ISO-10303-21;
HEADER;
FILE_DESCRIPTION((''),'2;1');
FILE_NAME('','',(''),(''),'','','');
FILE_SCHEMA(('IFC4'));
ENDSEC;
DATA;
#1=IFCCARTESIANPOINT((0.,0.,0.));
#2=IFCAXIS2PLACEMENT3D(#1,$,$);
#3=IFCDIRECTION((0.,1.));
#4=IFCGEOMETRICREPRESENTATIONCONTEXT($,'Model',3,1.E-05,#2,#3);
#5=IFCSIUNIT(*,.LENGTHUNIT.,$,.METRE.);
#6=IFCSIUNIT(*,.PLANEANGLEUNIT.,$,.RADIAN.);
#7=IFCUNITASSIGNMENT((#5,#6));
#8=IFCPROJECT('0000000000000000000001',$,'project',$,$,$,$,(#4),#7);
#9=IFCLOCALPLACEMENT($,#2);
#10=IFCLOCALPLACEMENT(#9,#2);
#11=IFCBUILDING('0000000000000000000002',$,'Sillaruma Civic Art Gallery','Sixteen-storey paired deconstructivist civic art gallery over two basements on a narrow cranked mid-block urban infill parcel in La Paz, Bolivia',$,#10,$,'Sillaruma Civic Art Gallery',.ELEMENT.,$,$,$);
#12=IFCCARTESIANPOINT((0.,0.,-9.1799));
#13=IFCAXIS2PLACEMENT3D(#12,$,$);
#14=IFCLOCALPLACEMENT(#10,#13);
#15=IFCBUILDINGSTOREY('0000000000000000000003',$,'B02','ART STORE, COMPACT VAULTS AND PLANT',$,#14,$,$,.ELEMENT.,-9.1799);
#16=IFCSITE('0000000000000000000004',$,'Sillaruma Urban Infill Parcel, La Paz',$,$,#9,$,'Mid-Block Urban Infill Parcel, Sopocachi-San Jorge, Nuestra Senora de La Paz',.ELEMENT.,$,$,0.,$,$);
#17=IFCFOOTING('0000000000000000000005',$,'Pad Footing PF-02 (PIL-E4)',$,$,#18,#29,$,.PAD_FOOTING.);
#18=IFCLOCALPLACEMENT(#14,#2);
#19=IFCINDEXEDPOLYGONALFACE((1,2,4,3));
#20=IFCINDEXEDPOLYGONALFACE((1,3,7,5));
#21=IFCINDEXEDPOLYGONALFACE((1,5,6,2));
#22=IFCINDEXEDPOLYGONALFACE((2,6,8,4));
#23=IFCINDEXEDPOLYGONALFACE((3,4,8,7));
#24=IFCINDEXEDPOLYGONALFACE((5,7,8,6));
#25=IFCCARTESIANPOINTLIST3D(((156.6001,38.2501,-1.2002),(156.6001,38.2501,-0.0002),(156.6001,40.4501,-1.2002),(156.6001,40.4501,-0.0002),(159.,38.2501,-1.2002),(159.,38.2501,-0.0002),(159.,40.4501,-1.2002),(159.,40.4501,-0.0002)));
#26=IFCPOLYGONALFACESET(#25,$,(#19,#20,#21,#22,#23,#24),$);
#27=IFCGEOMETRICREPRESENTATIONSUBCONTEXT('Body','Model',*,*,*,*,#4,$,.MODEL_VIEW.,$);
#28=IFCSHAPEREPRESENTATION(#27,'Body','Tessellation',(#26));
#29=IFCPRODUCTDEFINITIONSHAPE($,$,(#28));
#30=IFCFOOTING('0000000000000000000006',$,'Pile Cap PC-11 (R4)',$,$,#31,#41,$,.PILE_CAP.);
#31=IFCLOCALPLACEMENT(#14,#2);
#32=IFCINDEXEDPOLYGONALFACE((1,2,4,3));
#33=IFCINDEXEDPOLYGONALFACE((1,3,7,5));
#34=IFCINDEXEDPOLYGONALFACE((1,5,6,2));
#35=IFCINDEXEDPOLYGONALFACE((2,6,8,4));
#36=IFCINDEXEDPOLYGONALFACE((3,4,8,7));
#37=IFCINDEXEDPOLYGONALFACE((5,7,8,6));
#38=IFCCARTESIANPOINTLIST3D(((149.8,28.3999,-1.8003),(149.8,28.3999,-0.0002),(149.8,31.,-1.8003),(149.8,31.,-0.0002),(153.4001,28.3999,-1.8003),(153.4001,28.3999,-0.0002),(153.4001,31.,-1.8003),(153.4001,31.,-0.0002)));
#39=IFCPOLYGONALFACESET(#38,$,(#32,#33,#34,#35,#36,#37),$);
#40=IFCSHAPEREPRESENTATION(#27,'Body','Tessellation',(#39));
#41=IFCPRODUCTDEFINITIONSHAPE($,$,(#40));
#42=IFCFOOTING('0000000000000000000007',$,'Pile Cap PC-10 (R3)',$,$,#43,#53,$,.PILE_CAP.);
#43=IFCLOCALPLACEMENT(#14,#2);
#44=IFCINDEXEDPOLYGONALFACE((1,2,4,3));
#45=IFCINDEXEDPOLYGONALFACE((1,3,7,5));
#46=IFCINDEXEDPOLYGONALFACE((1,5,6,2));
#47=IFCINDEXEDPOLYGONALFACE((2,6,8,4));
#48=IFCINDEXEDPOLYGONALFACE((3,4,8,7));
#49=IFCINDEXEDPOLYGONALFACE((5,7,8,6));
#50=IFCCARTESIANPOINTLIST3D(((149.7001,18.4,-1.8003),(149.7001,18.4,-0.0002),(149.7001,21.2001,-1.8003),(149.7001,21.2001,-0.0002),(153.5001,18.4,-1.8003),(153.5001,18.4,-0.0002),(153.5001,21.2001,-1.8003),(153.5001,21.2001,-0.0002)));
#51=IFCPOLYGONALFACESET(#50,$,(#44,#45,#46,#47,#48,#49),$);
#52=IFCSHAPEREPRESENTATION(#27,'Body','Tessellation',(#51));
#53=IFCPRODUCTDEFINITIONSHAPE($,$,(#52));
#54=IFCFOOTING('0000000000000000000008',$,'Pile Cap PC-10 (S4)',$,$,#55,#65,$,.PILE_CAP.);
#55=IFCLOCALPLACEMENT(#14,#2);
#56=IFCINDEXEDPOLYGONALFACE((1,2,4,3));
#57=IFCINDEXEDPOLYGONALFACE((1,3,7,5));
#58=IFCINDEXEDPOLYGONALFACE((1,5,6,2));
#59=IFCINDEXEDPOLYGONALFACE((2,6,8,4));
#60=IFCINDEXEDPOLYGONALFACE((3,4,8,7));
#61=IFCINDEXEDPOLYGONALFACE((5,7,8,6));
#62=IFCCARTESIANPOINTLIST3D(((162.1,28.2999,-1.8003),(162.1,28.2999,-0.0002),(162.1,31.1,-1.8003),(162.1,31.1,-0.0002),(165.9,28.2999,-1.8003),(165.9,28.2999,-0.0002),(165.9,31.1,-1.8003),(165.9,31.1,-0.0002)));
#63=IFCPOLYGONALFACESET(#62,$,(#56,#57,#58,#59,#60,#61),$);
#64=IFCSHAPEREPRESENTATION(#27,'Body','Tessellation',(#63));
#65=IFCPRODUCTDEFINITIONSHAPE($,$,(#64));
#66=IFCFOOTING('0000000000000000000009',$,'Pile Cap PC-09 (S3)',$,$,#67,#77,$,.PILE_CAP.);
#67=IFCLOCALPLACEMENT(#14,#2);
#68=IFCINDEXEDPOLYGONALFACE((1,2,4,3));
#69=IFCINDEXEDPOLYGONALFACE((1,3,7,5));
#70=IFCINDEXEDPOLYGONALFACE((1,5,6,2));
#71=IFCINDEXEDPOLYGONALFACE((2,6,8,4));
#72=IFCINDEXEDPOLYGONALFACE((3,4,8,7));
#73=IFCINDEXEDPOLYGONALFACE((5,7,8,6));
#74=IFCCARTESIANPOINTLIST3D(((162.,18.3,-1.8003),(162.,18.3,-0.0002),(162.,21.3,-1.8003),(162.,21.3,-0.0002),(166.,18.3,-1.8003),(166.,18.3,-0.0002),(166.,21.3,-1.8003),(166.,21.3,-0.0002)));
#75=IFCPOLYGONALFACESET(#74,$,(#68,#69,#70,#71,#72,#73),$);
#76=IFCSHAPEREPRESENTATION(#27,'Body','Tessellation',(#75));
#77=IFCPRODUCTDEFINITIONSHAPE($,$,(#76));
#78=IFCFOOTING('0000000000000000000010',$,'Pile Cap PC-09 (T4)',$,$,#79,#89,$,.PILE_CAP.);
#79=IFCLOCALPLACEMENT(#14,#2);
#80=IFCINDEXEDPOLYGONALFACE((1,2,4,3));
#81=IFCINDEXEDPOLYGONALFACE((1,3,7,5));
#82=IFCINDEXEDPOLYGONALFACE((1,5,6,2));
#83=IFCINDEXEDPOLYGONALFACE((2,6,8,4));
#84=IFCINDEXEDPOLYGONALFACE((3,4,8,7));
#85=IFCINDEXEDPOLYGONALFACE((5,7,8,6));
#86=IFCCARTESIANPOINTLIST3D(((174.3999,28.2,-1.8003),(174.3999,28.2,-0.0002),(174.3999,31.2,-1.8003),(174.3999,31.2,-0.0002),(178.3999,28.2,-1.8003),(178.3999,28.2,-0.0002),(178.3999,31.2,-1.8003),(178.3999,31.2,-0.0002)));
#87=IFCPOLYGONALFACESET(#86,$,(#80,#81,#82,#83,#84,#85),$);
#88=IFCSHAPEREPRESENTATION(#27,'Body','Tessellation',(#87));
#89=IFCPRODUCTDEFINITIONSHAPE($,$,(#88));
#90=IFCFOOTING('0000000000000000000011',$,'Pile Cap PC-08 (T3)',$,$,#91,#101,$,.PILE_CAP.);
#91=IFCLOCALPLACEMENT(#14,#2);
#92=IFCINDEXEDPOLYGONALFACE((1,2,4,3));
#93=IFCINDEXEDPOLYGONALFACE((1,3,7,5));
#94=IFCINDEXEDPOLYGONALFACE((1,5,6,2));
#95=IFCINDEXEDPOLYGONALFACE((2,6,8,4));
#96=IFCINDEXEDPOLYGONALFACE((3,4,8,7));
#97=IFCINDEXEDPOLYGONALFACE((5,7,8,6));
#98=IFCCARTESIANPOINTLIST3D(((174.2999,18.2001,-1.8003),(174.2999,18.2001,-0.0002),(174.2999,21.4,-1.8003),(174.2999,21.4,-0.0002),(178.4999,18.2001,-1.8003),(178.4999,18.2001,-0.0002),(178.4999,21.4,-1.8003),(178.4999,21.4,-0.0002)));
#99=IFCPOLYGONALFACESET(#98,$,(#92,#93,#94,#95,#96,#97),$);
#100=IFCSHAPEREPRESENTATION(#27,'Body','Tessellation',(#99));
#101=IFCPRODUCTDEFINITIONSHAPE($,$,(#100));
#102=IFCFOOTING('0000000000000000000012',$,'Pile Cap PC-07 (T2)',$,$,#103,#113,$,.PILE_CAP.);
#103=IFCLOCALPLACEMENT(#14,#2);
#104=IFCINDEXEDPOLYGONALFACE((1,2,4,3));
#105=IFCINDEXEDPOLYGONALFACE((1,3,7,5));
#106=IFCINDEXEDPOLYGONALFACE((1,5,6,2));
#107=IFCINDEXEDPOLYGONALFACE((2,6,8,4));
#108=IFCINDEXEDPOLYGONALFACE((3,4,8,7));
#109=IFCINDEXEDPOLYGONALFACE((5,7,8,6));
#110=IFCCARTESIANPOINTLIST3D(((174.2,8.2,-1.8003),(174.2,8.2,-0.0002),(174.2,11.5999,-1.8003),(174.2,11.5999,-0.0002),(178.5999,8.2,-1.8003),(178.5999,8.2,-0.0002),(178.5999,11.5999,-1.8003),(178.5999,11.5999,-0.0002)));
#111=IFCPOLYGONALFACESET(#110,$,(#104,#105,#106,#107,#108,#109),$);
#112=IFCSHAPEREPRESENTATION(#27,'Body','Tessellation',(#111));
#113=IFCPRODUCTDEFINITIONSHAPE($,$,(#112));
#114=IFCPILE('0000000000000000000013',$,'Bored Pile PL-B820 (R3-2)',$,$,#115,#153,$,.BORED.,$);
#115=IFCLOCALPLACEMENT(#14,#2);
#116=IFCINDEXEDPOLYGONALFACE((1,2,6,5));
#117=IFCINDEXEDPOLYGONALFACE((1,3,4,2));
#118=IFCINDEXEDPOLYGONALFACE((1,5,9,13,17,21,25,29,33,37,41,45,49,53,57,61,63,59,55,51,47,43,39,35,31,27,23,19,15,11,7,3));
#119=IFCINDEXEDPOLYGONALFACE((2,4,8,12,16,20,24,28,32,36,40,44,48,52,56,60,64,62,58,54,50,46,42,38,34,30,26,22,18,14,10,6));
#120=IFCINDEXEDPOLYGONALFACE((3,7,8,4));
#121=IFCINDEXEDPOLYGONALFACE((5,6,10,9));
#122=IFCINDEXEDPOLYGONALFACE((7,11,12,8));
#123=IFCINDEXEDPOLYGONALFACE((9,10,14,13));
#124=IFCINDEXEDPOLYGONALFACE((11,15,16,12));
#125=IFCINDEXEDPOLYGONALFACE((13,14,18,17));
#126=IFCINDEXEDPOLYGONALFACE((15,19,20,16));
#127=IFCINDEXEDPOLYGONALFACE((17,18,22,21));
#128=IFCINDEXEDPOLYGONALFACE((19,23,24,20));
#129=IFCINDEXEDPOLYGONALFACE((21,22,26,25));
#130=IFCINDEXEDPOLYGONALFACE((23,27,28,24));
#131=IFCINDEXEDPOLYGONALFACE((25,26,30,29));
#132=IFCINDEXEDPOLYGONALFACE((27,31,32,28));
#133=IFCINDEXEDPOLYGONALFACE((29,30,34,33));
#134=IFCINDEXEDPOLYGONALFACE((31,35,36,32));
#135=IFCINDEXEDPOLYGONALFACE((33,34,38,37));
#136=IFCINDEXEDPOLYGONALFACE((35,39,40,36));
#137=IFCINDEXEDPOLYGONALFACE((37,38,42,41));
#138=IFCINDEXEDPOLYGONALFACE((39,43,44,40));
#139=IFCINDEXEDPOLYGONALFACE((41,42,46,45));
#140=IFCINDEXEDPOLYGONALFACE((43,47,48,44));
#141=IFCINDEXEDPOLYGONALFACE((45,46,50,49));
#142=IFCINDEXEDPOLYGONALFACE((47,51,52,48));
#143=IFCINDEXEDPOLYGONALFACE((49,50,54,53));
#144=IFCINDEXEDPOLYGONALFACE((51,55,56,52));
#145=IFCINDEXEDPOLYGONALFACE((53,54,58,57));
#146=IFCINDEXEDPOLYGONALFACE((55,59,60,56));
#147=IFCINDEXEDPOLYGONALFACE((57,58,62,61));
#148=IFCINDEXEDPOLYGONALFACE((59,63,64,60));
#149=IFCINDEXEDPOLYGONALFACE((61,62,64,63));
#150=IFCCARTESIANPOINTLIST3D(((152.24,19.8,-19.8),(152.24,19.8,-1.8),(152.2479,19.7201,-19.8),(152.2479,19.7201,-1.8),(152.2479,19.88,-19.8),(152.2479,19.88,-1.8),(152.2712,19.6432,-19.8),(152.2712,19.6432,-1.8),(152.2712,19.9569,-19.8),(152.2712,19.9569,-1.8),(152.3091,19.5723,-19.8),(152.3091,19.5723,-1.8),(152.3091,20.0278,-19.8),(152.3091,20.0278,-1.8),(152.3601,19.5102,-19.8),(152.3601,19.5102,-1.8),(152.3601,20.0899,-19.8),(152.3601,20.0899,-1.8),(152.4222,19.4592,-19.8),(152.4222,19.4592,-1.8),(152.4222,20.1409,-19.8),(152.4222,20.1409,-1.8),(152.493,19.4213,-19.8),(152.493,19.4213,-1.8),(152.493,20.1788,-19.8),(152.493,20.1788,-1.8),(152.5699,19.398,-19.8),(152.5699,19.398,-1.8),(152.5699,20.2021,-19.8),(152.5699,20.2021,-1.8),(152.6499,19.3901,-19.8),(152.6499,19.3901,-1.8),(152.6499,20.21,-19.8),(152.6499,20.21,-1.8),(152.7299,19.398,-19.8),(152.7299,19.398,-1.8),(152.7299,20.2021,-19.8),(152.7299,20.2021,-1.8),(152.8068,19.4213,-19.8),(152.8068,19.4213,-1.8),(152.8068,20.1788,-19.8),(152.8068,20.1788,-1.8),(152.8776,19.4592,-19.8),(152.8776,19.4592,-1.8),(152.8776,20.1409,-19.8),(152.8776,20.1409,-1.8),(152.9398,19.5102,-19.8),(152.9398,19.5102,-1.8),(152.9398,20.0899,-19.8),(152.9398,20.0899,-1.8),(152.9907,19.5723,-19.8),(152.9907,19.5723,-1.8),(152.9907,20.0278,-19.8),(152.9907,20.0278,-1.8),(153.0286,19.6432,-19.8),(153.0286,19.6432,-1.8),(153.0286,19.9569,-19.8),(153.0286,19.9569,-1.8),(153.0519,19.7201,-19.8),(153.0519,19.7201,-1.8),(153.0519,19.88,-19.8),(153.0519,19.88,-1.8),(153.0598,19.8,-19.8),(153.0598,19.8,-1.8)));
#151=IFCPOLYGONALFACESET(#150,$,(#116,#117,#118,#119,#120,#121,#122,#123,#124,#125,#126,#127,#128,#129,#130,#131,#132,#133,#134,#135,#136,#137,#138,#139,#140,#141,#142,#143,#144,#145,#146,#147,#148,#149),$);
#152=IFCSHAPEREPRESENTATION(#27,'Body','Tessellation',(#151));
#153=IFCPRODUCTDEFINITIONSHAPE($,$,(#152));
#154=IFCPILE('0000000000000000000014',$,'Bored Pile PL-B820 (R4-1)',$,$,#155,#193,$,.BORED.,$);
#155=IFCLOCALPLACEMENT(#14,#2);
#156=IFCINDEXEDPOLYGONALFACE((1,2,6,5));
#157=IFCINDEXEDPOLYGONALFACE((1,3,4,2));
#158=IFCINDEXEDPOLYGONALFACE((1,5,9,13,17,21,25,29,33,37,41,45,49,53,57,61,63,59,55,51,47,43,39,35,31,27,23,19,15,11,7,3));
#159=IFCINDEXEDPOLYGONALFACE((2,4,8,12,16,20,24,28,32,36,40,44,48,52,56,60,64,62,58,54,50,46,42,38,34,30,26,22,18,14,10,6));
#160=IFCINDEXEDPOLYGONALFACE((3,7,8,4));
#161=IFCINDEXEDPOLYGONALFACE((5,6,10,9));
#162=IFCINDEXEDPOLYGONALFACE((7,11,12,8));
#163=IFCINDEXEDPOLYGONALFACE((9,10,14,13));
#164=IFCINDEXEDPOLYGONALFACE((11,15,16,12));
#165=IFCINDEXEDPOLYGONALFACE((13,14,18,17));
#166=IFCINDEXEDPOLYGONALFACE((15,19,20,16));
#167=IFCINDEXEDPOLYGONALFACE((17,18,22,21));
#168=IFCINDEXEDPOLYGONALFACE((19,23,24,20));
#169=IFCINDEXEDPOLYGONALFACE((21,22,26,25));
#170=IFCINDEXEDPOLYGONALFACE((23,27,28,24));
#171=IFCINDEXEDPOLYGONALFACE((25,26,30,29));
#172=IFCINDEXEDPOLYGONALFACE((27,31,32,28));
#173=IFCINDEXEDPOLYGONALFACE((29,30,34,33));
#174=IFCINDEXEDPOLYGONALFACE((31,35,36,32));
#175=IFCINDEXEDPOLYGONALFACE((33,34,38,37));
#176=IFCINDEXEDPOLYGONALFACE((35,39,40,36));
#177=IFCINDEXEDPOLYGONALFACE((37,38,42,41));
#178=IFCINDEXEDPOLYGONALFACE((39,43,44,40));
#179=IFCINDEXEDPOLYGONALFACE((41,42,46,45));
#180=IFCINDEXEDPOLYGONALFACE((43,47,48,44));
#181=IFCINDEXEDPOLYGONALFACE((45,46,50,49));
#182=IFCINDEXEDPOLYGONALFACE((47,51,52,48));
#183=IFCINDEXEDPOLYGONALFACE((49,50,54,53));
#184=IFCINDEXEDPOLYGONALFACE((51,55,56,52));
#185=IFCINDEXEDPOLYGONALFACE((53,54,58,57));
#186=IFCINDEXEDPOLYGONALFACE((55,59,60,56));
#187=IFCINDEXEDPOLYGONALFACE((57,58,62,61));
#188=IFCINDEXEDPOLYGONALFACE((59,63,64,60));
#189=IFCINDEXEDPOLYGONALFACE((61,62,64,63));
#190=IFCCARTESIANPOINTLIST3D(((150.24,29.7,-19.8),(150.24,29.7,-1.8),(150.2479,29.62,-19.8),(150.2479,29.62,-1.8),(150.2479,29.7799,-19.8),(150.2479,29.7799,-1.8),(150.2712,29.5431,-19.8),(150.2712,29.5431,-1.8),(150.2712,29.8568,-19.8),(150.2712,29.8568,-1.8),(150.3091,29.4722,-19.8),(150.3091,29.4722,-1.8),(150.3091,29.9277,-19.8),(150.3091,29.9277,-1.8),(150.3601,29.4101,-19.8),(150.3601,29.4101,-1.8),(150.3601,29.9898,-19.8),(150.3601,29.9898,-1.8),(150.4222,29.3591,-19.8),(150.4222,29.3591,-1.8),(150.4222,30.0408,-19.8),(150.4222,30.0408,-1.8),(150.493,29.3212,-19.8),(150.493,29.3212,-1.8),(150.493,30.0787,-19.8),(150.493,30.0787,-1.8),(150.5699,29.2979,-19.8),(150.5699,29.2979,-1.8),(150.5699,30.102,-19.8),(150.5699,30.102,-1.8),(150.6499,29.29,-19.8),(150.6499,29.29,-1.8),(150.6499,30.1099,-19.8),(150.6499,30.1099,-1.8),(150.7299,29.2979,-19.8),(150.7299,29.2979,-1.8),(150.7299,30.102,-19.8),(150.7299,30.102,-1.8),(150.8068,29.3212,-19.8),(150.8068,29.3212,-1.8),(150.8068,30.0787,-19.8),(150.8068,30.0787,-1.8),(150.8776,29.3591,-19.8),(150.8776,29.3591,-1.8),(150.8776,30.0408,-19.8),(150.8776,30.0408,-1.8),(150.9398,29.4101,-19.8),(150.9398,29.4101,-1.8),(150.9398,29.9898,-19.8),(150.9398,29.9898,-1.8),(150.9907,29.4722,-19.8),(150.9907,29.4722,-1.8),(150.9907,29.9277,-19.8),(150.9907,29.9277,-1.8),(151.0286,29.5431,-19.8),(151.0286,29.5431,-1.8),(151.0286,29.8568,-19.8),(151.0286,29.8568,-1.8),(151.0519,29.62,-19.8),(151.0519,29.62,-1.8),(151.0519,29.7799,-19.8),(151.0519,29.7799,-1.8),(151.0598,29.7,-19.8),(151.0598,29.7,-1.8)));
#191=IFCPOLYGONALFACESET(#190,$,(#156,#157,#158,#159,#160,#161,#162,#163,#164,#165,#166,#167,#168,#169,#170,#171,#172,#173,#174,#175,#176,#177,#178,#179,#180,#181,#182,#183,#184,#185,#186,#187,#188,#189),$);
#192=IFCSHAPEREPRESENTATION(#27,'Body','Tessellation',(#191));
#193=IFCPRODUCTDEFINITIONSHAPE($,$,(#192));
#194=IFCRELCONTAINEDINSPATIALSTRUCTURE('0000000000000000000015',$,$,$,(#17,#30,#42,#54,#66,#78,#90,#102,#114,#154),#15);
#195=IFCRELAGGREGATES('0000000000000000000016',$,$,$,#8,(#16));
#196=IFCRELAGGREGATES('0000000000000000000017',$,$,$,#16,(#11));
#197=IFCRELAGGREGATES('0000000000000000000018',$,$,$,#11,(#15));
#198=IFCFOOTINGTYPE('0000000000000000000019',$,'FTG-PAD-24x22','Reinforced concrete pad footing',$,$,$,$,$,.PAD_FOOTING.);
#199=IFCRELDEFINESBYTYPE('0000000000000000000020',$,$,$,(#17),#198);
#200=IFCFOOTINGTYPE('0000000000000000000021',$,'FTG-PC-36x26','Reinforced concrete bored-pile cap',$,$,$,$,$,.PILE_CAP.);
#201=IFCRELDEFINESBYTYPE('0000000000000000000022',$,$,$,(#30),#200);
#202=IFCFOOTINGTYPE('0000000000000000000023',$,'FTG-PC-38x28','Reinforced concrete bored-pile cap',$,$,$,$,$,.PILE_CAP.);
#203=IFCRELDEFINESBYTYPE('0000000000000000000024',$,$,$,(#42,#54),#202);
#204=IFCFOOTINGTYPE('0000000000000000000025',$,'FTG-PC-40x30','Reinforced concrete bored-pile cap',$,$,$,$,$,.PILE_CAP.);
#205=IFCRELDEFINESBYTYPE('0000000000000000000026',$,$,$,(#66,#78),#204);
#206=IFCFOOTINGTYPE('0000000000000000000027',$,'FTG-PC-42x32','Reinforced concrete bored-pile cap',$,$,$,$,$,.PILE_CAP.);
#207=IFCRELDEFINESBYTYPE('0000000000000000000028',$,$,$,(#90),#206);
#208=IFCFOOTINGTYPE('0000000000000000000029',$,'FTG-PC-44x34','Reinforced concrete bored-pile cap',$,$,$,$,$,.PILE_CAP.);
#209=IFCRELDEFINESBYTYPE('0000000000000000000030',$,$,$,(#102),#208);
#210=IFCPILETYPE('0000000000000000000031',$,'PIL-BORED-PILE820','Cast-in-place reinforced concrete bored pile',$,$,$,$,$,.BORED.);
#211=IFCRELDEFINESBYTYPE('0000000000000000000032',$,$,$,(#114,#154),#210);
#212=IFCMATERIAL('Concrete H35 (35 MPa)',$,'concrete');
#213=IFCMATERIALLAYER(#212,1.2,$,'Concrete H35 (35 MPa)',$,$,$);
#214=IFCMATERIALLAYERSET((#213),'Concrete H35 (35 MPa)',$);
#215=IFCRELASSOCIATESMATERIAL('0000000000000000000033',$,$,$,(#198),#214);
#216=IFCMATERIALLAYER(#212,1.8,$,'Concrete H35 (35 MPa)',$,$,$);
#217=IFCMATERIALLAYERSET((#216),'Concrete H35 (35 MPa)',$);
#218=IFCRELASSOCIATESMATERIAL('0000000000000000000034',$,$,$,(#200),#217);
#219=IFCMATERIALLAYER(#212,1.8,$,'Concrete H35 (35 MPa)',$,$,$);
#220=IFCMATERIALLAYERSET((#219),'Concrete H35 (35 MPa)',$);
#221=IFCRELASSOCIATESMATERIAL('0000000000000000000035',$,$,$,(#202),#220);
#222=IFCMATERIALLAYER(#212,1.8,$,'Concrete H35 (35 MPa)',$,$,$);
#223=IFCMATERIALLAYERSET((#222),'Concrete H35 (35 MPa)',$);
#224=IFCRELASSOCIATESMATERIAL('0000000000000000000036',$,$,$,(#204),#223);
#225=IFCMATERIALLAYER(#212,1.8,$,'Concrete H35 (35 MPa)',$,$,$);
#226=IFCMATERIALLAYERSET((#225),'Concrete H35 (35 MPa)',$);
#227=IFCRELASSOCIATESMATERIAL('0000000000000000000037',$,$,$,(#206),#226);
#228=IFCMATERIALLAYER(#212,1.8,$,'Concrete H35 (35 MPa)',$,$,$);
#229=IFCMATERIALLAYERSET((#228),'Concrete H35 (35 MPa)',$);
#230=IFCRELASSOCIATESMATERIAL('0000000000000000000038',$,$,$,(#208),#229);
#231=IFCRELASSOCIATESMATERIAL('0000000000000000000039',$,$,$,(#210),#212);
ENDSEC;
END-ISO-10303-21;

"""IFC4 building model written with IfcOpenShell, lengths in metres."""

from ifc_helpers import new_model, si_unit, direction, frame, origin, origin_2d, place, context, subcontext, project, spatial, rectangle, circle, extrude, material, layer, layer_set, material_profile, profile_set, type_object, element, save


model = new_model("IFC4")

# Units and contexts
model_context = context("Model", 3, precision=1e-05, world=origin(), true_north=direction((0.0, 1.0)))
body_context = subcontext(model_context, "Body", "Model", "MODEL_VIEW")
ifc_project = project(units=[si_unit("LENGTHUNIT", "METRE"), si_unit("PLANEANGLEUNIT", "RADIAN")], contexts=[model_context])

# Site, building, storey
site_placement = place(None, origin())
site = spatial("IfcSite", under=ifc_project, at=site_placement, Name="Sillaruma Urban Infill Parcel, La Paz", LongName="Mid-Block Urban Infill Parcel, Sopocachi-San Jorge, Nuestra Senora de La Paz", CompositionType="ELEMENT", RefElevation=0.0)
building_placement = place(site_placement, origin())
building = spatial("IfcBuilding", under=site, at=building_placement, Name="Sillaruma Civic Art Gallery", Description="Sixteen-storey paired deconstructivist civic art gallery over two basements on a narrow cranked mid-block urban infill parcel in La Paz, Bolivia", LongName="Sillaruma Civic Art Gallery", CompositionType="ELEMENT")
storey_placement = place(building_placement, frame((0.0, 0.0, -9.1799)))
storey = spatial("IfcBuildingStorey", under=building, at=storey_placement, Name="B02", Description="ART STORE, COMPACT VAULTS AND PLANT", CompositionType="ELEMENT", Elevation=-9.1799)

# Footings
ifc_material_1 = material(Name="Concrete H35 (35 MPa)", Category="concrete")
ifc_layer_1 = layer(ifc_material_1, 1.2, Name="Concrete H35 (35 MPa)")
ifc_layer_set_1 = layer_set([ifc_layer_1], Name="Concrete H35 (35 MPa)")
footing_type_1 = type_object("IfcFootingType", Name="FTG-PAD-24x22", Description="Reinforced concrete pad footing", PredefinedType="PAD_FOOTING", material=ifc_layer_set_1)
footing_1_placement = place(storey_placement, frame((157.8, 39.3501, -1.2002), z_axis=(0.0, 0.0, 1.0), x_axis=(1.0, 0.0, 0.0)))
element("IfcFooting", 1, at=footing_1_placement, inside=storey, type_object=footing_type_1, Name="Pad Footing PF-02 (PIL-E4)", PredefinedType="PAD_FOOTING", context=body_context, shape_type="SweptSolid", body=[
    extrude(rectangle(XDim=2.3999, YDim=2.2, at=origin_2d()), origin(), (0.0, 0.0, 1.0), 1.2),
])
ifc_layer_2 = layer(ifc_material_1, 1.8, Name="Concrete H35 (35 MPa)")
ifc_layer_set_2 = layer_set([ifc_layer_2], Name="Concrete H35 (35 MPa)")
footing_type_2 = type_object("IfcFootingType", Name="FTG-PC-36x26", Description="Reinforced concrete bored-pile cap", PredefinedType="PILE_CAP", material=ifc_layer_set_2)
footing_2_placement = place(storey_placement, frame((151.6001, 29.7, -1.8003), z_axis=(0.0, 0.0, 1.0), x_axis=(1.0, 0.0, 0.0)))
element("IfcFooting", 2, at=footing_2_placement, inside=storey, type_object=footing_type_2, Name="Pile Cap PC-11 (R4)", PredefinedType="PILE_CAP", context=body_context, shape_type="SweptSolid", body=[
    extrude(rectangle(XDim=3.6001, YDim=2.6001, at=origin_2d()), origin(), (0.0, 0.0, 1.0), 1.8),
])
ifc_layer_3 = layer(ifc_material_1, 1.8, Name="Concrete H35 (35 MPa)")
ifc_layer_set_3 = layer_set([ifc_layer_3], Name="Concrete H35 (35 MPa)")
footing_type_3 = type_object("IfcFootingType", Name="FTG-PC-38x28", Description="Reinforced concrete bored-pile cap", PredefinedType="PILE_CAP", material=ifc_layer_set_3)
for number, where, z_axis, x_axis, name in (
    (3, (151.6001, 19.8, -1.8003), (0.0, 0.0, 1.0), (1.0, 0.0, 0.0), "Pile Cap PC-10 (R3)"),
    (4, (164.0, 29.7, -1.8003), (0.0, 0.0, 1.0), (1.0, 0.0, 0.0), "Pile Cap PC-10 (S4)"),
):
    element("IfcFooting", number, at=place(storey_placement, frame(where, z_axis=z_axis, x_axis=x_axis)), inside=storey, type_object=footing_type_3, Name=name, PredefinedType="PILE_CAP", context=body_context, shape_type="SweptSolid", body=[
        extrude(rectangle(XDim=3.8, YDim=2.8, at=origin_2d()), origin(), (0.0, 0.0, 1.0), 1.8),
    ])
ifc_layer_4 = layer(ifc_material_1, 1.8, Name="Concrete H35 (35 MPa)")
ifc_layer_set_4 = layer_set([ifc_layer_4], Name="Concrete H35 (35 MPa)")
footing_type_4 = type_object("IfcFootingType", Name="FTG-PC-40x30", Description="Reinforced concrete bored-pile cap", PredefinedType="PILE_CAP", material=ifc_layer_set_4)
for number, where, z_axis, x_axis, name in (
    (5, (164.0, 19.8, -1.8003), (0.0, 0.0, 1.0), (1.0, 0.0, 0.0), "Pile Cap PC-09 (S3)"),
    (6, (176.3999, 29.7, -1.8003), (0.0, 0.0, 1.0), (1.0, 0.0, 0.0), "Pile Cap PC-09 (T4)"),
):
    element("IfcFooting", number, at=place(storey_placement, frame(where, z_axis=z_axis, x_axis=x_axis)), inside=storey, type_object=footing_type_4, Name=name, PredefinedType="PILE_CAP", context=body_context, shape_type="SweptSolid", body=[
        extrude(rectangle(XDim=4.0, YDim=3.0, at=origin_2d()), origin(), (0.0, 0.0, 1.0), 1.8),
    ])
ifc_layer_5 = layer(ifc_material_1, 1.8, Name="Concrete H35 (35 MPa)")
ifc_layer_set_5 = layer_set([ifc_layer_5], Name="Concrete H35 (35 MPa)")
footing_type_5 = type_object("IfcFootingType", Name="FTG-PC-42x32", Description="Reinforced concrete bored-pile cap", PredefinedType="PILE_CAP", material=ifc_layer_set_5)
footing_3_placement = place(storey_placement, frame((176.3999, 19.8, -1.8003), z_axis=(0.0, 0.0, 1.0), x_axis=(1.0, 0.0, 0.0)))
element("IfcFooting", 7, at=footing_3_placement, inside=storey, type_object=footing_type_5, Name="Pile Cap PC-08 (T3)", PredefinedType="PILE_CAP", context=body_context, shape_type="SweptSolid", body=[
    extrude(rectangle(XDim=4.2, YDim=3.2, at=origin_2d()), origin(), (0.0, 0.0, 1.0), 1.8),
])
ifc_layer_6 = layer(ifc_material_1, 1.8, Name="Concrete H35 (35 MPa)")
ifc_layer_set_6 = layer_set([ifc_layer_6], Name="Concrete H35 (35 MPa)")
footing_type_6 = type_object("IfcFootingType", Name="FTG-PC-44x34", Description="Reinforced concrete bored-pile cap", PredefinedType="PILE_CAP", material=ifc_layer_set_6)
footing_4_placement = place(storey_placement, frame((176.3999, 9.8999, -1.8003), z_axis=(0.0, 0.0, 1.0), x_axis=(1.0, 0.0, 0.0)))
element("IfcFooting", 8, at=footing_4_placement, inside=storey, type_object=footing_type_6, Name="Pile Cap PC-07 (T2)", PredefinedType="PILE_CAP", context=body_context, shape_type="SweptSolid", body=[
    extrude(rectangle(XDim=4.3999, YDim=3.3999, at=origin_2d()), origin(), (0.0, 0.0, 1.0), 1.8),
])

# Piles
ifc_material_profile_1 = material_profile(ifc_material_1, circle(Radius=0.4099, at=origin_2d()), Name="PILE820")
ifc_profile_set_1 = profile_set([ifc_material_profile_1], Name="Concrete H35 (35 MPa)")
pile_type_1 = type_object("IfcPileType", Name="PIL-BORED-PILE820", Description="Cast-in-place reinforced concrete bored pile", PredefinedType="BORED", material=ifc_profile_set_1)
for number, where, z_axis, x_axis, name in (
    (9, (152.6499, 19.8, -1.8), (0.0, 0.0, -1.0), (1.0, 0.0, 0.0), "Bored Pile PL-B820 (R3-2)"),
    (10, (150.6499, 29.7, -1.8), (0.0, 0.0, -1.0), (1.0, 0.0, 0.0), "Bored Pile PL-B820 (R4-1)"),
):
    element("IfcPile", number, at=place(storey_placement, frame(where, z_axis=z_axis, x_axis=x_axis)), inside=storey, type_object=pile_type_1, Name=name, PredefinedType="BORED", context=body_context, shape_type="SweptSolid", body=[
        extrude(circle(Radius=0.4099, at=origin_2d()), origin(), (0.0, 0.0, 1.0), 18.0),
    ])

save(model, "model.ifc")
